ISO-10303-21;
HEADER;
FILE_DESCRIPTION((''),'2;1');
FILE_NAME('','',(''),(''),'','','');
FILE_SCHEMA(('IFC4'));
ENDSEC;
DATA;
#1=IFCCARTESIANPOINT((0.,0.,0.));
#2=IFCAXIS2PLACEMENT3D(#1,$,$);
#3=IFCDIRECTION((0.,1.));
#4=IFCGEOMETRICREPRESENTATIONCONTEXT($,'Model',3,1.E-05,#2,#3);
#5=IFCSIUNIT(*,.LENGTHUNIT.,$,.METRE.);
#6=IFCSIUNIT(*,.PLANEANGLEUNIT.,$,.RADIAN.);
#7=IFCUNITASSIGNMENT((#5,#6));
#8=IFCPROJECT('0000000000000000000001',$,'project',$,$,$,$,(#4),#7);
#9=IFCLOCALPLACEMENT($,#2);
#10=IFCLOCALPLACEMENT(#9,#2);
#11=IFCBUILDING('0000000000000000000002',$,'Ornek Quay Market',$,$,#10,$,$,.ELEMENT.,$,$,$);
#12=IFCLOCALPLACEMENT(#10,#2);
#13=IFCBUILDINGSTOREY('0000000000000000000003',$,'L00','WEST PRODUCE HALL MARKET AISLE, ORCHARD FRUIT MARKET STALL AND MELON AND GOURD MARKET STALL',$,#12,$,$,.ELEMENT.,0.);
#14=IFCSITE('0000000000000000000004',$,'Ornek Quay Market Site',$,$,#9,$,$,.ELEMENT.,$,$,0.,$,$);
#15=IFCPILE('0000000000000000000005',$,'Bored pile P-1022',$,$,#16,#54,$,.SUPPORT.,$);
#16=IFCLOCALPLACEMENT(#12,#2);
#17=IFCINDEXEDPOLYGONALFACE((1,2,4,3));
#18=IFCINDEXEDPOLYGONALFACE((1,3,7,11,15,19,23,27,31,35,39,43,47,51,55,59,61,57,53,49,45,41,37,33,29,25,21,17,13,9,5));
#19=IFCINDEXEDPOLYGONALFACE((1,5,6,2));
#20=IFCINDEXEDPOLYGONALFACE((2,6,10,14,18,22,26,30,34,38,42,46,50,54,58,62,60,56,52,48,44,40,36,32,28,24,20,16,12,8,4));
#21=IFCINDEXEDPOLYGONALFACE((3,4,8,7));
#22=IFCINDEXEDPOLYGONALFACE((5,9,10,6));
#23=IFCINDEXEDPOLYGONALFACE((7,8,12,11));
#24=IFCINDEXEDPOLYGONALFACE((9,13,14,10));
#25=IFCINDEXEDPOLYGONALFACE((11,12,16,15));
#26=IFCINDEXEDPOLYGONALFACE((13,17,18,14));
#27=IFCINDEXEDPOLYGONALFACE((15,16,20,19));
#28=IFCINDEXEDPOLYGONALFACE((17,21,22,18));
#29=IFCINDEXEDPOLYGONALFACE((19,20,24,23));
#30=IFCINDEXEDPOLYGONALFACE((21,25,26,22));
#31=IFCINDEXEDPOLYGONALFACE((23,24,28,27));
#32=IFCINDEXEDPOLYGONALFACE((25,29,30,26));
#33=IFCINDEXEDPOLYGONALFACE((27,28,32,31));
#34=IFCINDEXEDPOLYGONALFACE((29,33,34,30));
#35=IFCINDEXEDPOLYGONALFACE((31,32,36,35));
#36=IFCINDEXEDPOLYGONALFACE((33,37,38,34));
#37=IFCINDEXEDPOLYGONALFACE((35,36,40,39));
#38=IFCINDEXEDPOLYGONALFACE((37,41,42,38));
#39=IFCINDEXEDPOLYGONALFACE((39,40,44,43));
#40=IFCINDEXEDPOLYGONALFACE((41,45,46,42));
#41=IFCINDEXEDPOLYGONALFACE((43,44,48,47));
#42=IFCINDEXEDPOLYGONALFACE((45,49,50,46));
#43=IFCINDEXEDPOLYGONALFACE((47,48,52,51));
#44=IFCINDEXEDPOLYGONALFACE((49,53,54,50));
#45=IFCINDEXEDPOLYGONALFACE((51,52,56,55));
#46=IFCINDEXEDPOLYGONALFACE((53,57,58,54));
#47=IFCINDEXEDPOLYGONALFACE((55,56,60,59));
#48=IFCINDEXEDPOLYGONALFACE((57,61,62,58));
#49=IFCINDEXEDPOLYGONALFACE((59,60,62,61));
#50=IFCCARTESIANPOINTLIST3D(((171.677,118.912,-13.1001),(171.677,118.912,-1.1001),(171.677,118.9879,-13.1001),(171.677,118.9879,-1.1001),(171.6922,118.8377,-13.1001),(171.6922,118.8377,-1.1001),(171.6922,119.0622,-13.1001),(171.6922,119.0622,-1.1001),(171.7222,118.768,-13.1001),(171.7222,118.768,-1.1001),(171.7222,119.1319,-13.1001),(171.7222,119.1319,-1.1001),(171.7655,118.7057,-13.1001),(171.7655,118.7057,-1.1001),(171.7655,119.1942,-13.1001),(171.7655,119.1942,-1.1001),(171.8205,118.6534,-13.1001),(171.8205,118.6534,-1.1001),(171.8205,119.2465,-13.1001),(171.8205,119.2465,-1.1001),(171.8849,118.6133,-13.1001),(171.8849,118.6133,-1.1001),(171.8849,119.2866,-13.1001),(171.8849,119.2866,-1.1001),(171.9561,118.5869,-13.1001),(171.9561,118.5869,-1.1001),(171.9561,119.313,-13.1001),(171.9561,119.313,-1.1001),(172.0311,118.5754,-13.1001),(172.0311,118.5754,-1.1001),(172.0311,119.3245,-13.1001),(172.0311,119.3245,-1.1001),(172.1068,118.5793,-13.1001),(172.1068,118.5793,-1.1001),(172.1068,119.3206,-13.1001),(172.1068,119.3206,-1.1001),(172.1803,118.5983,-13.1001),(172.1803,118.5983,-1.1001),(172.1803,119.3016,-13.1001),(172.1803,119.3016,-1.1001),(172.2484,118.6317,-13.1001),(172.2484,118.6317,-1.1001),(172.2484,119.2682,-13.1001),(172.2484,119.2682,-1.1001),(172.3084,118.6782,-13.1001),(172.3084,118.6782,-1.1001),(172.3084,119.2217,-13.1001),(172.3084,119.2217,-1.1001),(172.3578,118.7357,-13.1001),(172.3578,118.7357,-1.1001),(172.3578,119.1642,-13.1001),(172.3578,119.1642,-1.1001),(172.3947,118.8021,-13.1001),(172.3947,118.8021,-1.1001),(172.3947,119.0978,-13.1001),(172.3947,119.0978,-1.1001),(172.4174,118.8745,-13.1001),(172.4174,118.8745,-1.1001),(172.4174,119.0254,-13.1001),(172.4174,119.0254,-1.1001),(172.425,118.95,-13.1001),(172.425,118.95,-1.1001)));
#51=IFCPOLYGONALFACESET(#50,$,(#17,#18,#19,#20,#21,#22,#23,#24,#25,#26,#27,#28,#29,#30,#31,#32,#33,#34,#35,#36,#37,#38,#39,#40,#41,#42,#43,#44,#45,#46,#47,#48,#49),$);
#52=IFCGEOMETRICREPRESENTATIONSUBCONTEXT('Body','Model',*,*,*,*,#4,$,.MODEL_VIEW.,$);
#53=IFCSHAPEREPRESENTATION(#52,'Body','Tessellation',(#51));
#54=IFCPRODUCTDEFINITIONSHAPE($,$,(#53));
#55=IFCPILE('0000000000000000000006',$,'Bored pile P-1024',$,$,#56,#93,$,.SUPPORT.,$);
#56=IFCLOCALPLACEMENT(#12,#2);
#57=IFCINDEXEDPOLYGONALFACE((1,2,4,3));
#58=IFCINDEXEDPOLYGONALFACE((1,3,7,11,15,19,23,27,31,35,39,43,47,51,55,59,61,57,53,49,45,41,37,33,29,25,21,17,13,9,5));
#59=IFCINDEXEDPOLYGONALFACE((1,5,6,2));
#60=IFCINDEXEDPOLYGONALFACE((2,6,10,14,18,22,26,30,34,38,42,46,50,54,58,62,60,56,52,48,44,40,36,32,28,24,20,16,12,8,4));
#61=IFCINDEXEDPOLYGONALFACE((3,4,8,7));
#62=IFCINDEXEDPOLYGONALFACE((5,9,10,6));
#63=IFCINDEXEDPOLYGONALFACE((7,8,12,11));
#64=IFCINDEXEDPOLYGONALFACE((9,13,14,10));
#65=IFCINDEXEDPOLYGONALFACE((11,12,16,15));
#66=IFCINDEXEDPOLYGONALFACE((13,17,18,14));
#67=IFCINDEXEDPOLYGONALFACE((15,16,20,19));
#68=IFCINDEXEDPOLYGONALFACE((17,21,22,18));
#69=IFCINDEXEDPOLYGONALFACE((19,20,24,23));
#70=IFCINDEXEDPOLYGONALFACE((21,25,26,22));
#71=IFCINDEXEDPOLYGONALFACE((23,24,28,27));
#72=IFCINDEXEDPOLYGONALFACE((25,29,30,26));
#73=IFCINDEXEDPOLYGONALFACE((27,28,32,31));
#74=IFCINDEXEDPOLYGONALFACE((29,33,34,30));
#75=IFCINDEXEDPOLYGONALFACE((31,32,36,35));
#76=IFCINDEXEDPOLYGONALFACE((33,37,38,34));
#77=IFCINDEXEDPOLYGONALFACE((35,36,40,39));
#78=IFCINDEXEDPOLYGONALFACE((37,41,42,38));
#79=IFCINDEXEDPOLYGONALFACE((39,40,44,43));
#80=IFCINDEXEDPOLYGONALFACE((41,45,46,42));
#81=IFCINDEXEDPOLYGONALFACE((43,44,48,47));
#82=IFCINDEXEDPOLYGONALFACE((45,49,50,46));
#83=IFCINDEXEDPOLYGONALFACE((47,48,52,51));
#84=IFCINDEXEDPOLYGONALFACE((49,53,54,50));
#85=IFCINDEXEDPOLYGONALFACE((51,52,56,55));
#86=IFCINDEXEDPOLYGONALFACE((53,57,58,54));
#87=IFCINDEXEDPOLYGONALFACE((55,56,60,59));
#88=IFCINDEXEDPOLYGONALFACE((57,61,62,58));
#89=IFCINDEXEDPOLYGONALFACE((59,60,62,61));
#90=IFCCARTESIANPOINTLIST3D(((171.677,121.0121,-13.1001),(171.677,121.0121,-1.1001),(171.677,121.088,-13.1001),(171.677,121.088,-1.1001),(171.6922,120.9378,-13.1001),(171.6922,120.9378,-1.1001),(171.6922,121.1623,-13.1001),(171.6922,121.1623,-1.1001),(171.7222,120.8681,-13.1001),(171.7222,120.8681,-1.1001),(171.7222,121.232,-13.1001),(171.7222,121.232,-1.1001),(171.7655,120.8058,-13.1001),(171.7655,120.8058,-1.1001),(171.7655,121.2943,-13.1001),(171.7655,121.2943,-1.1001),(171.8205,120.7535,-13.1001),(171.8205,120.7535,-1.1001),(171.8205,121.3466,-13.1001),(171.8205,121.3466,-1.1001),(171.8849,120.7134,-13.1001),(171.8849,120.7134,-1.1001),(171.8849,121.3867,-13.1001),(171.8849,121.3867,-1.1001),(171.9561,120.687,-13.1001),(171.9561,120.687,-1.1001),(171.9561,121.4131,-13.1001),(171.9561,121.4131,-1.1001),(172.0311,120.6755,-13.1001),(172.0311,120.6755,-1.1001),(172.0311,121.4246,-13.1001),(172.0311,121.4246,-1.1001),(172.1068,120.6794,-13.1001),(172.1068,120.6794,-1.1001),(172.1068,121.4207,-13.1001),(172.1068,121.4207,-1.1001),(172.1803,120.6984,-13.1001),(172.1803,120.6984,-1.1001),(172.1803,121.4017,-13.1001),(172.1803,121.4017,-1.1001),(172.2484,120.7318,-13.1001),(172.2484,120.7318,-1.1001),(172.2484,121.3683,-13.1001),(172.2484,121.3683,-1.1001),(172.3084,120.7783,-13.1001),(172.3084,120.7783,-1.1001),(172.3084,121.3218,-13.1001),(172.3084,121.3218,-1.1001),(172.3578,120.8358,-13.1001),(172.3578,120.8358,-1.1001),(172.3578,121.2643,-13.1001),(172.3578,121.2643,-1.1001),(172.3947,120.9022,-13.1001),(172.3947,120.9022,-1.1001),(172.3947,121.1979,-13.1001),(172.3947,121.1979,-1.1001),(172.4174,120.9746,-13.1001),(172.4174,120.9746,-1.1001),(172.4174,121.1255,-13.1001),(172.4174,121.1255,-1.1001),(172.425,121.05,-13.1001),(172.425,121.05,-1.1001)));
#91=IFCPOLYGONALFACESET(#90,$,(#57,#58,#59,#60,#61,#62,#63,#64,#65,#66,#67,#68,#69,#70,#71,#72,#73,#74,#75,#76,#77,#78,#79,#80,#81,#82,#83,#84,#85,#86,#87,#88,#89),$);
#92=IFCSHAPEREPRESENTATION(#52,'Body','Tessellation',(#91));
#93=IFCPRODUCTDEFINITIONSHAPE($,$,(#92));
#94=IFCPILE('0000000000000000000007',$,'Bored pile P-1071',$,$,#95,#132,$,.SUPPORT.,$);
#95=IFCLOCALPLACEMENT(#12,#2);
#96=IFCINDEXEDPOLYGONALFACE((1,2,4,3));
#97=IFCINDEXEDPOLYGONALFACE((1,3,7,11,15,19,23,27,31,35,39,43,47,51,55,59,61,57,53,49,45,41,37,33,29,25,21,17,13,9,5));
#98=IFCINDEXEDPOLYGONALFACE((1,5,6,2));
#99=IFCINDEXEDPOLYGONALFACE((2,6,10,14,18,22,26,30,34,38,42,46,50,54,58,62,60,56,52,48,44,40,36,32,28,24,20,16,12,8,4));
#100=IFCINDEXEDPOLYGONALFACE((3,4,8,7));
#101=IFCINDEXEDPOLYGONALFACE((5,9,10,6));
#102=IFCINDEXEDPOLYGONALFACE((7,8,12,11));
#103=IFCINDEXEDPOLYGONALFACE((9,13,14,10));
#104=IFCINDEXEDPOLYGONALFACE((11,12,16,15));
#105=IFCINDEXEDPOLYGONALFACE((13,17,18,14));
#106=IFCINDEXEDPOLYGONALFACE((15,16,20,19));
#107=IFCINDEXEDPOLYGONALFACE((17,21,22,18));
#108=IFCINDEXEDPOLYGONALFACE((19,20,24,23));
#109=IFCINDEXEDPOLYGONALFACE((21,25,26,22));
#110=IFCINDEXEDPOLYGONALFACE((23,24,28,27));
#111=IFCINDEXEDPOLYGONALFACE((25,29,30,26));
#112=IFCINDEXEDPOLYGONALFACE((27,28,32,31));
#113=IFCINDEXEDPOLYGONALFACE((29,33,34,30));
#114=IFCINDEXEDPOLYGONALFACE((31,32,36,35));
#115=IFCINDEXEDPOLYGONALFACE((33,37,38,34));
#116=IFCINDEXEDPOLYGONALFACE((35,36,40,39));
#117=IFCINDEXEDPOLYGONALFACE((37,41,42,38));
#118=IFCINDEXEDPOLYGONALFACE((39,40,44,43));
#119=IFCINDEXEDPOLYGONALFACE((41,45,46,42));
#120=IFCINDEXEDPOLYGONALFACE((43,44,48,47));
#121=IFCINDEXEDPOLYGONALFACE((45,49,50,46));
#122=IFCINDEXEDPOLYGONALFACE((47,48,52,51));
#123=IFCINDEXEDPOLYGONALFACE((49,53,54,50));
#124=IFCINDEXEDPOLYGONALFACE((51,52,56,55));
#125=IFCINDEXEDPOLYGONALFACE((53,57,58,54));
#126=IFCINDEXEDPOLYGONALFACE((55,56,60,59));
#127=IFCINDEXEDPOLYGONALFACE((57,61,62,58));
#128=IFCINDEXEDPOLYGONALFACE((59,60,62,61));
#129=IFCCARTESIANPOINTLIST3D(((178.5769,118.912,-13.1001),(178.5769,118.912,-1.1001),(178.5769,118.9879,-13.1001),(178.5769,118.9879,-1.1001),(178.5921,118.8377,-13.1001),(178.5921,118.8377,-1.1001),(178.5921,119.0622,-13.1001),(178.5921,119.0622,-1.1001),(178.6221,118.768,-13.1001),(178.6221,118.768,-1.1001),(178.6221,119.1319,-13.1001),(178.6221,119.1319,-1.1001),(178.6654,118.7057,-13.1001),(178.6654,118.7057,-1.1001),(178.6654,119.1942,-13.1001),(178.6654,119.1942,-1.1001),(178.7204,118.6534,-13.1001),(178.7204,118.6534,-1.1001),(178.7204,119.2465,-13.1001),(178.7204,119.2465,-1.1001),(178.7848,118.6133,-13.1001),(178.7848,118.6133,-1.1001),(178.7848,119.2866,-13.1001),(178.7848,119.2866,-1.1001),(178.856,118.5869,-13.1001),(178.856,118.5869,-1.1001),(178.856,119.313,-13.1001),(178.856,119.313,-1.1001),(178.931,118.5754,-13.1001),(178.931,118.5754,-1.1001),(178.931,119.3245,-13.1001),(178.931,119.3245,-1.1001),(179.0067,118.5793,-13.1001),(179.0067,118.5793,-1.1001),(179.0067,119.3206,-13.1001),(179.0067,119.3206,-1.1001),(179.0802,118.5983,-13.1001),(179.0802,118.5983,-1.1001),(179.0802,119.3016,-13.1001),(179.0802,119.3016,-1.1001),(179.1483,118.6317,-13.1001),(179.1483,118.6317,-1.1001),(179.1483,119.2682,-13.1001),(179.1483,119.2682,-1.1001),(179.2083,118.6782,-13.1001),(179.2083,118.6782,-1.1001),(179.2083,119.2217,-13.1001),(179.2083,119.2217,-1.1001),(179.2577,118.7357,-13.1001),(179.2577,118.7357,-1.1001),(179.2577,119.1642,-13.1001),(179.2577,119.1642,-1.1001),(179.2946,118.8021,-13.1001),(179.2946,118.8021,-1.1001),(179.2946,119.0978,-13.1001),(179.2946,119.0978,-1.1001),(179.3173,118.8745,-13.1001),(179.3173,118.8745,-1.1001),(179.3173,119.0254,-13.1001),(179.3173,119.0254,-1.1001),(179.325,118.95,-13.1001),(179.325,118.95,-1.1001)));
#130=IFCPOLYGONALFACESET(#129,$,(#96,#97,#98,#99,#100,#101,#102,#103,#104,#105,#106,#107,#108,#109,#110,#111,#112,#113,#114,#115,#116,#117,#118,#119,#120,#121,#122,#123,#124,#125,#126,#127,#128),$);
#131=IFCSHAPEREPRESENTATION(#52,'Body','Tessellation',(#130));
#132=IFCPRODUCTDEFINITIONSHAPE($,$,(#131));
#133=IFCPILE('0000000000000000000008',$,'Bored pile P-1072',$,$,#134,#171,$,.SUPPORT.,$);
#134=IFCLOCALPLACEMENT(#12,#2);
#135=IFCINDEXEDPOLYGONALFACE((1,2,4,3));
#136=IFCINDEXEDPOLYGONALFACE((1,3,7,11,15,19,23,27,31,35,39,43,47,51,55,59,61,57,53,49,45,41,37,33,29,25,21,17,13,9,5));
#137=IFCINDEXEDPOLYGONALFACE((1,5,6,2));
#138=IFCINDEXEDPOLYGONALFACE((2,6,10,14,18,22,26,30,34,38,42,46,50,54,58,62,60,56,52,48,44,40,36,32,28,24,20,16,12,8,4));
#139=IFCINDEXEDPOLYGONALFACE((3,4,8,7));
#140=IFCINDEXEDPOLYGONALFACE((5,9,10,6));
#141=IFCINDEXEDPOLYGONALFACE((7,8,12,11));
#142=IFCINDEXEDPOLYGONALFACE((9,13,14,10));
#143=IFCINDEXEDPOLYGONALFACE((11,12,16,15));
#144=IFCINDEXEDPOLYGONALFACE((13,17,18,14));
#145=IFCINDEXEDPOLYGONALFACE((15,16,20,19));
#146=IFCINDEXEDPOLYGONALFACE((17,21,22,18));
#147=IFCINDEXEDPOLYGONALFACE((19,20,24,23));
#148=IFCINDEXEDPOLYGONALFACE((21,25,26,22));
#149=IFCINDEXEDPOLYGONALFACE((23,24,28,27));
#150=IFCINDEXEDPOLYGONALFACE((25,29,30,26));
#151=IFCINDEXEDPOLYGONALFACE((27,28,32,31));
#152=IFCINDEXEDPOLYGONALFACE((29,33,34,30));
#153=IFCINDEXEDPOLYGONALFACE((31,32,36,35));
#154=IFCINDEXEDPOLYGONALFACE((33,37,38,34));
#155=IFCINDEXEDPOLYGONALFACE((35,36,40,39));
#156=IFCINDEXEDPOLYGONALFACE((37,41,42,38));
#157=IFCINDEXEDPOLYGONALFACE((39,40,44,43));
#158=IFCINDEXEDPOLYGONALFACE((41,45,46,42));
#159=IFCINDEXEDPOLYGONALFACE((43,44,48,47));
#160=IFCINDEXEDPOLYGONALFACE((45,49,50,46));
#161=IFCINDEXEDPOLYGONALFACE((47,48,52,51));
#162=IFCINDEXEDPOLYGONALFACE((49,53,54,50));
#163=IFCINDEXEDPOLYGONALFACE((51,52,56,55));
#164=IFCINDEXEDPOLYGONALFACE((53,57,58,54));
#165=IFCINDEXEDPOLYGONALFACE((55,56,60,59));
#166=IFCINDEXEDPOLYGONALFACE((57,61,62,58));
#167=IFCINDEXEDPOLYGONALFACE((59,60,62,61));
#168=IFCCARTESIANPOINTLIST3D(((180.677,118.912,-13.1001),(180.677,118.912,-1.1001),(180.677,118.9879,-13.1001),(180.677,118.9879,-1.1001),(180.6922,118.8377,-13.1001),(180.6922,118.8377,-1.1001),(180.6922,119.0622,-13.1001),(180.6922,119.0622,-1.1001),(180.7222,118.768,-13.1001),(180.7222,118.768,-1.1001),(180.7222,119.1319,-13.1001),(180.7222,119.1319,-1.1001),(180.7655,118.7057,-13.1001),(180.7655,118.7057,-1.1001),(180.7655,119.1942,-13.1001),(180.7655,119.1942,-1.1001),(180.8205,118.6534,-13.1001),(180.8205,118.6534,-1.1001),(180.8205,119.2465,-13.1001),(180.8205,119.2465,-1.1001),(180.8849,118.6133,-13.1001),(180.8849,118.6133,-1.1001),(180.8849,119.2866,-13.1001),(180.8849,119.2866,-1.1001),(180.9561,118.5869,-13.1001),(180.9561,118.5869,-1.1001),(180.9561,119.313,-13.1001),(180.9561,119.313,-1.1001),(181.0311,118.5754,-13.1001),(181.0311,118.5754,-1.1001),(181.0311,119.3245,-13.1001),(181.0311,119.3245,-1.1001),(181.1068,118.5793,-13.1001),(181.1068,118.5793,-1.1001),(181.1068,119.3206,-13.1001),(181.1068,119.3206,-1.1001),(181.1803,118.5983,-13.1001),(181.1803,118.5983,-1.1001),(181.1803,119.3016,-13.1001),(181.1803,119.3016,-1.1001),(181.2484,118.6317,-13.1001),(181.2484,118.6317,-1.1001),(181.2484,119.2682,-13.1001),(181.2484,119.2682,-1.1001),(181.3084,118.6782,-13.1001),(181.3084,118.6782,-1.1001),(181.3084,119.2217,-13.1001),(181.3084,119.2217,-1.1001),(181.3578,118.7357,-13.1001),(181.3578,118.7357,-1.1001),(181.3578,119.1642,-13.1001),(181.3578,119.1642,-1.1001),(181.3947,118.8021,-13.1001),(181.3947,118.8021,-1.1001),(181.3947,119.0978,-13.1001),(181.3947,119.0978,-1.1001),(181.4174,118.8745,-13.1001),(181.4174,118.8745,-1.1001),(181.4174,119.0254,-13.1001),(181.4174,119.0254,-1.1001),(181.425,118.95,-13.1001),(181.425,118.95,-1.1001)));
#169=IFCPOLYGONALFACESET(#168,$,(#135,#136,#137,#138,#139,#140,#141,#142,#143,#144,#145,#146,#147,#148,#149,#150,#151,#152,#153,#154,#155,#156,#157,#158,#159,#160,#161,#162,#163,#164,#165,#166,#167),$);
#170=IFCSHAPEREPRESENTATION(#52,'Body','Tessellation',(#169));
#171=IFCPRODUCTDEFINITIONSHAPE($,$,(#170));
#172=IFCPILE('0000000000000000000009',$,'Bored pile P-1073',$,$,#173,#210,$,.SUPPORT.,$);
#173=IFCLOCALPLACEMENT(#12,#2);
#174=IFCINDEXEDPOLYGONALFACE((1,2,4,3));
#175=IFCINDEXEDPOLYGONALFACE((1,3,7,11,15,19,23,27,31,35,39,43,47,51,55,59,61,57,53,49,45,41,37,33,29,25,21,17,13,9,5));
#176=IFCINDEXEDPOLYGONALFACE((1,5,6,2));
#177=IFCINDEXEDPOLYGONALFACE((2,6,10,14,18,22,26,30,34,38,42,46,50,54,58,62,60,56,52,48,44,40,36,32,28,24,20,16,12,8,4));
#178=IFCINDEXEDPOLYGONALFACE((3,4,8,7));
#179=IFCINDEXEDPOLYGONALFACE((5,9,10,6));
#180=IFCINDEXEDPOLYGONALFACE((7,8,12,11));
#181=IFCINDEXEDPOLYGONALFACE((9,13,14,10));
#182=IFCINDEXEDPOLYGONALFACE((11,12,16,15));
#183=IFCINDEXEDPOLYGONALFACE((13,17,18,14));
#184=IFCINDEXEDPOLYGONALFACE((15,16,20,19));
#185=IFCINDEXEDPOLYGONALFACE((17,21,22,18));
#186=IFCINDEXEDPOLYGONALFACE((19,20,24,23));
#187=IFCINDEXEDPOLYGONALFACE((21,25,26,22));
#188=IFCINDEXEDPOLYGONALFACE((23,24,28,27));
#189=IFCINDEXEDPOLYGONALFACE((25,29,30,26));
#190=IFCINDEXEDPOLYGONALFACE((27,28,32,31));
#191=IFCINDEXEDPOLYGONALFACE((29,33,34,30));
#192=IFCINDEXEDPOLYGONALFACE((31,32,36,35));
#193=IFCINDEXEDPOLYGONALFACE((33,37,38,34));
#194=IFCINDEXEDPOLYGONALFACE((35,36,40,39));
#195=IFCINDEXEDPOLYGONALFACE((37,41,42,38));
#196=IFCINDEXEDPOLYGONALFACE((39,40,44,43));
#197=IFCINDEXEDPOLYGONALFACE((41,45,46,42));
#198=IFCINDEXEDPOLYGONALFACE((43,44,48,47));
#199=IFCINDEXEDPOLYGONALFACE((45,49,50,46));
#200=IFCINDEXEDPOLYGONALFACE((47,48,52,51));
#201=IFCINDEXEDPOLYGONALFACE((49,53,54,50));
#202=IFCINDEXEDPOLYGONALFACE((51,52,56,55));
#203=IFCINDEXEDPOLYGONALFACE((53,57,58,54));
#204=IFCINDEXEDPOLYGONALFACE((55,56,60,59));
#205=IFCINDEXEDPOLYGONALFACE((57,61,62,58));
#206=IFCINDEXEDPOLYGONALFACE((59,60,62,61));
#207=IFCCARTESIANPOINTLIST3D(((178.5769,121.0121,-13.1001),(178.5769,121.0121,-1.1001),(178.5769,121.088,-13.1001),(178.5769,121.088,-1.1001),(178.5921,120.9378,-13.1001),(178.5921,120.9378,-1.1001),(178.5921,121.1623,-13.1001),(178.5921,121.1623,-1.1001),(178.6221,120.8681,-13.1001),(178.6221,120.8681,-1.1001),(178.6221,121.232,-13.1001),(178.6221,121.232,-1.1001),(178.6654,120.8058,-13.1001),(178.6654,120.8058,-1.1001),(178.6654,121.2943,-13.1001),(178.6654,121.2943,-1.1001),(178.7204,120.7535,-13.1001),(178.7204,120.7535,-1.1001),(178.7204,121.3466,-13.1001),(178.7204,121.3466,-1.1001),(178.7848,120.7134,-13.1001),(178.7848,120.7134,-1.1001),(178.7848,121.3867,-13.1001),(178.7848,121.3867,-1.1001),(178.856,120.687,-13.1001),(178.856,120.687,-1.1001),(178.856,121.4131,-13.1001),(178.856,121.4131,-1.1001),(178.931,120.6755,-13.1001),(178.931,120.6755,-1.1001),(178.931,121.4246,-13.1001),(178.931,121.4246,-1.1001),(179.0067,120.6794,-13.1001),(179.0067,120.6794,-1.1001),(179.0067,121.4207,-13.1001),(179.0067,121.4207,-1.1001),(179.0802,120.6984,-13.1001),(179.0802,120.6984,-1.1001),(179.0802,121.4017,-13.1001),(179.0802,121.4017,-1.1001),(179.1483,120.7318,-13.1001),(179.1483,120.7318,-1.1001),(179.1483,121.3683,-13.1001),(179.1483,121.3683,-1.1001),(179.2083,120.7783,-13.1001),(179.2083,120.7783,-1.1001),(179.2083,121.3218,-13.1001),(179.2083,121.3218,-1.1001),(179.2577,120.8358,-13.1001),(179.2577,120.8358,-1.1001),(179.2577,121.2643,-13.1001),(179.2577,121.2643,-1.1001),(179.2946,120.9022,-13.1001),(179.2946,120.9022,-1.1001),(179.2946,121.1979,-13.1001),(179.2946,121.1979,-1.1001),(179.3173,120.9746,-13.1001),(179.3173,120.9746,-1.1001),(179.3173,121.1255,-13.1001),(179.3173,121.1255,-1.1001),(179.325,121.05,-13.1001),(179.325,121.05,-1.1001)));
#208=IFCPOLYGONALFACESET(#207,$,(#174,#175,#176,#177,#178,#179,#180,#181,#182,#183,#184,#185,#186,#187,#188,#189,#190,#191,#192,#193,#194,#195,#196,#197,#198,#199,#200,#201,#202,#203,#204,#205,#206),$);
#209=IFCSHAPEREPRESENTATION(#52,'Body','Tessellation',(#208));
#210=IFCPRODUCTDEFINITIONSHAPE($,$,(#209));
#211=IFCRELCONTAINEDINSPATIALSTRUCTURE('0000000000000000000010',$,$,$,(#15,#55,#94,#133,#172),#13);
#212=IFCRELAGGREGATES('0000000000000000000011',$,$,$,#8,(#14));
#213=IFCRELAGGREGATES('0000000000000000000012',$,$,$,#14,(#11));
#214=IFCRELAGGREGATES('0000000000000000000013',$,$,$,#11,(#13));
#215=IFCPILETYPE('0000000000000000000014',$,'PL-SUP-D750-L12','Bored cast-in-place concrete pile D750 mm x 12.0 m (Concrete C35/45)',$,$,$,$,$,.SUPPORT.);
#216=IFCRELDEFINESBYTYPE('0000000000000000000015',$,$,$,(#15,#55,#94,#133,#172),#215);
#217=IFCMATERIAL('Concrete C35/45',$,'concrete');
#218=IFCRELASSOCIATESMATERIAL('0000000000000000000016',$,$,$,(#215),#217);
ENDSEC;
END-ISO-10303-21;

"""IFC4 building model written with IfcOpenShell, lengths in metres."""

from ifc_helpers import new_model, si_unit, direction, frame, origin, origin_2d, place, context, subcontext, project, spatial, circle, extrude, material, material_profile, profile_set, type_object, element, save


model = new_model("IFC4")

# Units and contexts
model_context = context("Model", 3, precision=1e-05, world=origin(), true_north=direction((0.0, 1.0)))
body_context = subcontext(model_context, "Body", "Model", "MODEL_VIEW")
ifc_project = project(units=[si_unit("LENGTHUNIT", "METRE"), si_unit("PLANEANGLEUNIT", "RADIAN")], contexts=[model_context])

# Site, building, storey
site_placement = place(None, origin())
site = spatial("IfcSite", under=ifc_project, at=site_placement, Name="Ornek Quay Market Site", CompositionType="ELEMENT", RefElevation=0.0)
building_placement = place(site_placement, origin())
building = spatial("IfcBuilding", under=site, at=building_placement, Name="Ornek Quay Market", CompositionType="ELEMENT")
storey_placement = place(building_placement, origin())
storey = spatial("IfcBuildingStorey", under=building, at=storey_placement, Name="L00", Description="WEST PRODUCE HALL MARKET AISLE, ORCHARD FRUIT MARKET STALL AND MELON AND GOURD MARKET STALL", CompositionType="ELEMENT", Elevation=0.0)

# Piles
ifc_material_1 = material(Name="Concrete C35/45", Category="concrete")
ifc_material_profile_1 = material_profile(ifc_material_1, circle(Radius=0.375, at=origin_2d()), Name="PILE D750", Category="concrete")
ifc_profile_set_1 = profile_set([ifc_material_profile_1], Name="Concrete C35/45")
pile_type = type_object("IfcPileType", Name="PL-SUP-D750-L12", Description="Bored cast-in-place concrete pile D750 mm x 12.0 m (Concrete C35/45)", PredefinedType="SUPPORT", material=ifc_profile_set_1)
for number, where, z_axis, x_axis, name in (
    (1, (172.05, 118.95, -1.1001), (0.0, 0.0, -1.0), (1.0, 0.0, 0.0), "Bored pile P-1022"),
    (2, (172.05, 121.05, -1.1001), (0.0, 0.0, -1.0), (1.0, 0.0, 0.0), "Bored pile P-1024"),
    (3, (178.95, 118.95, -1.1001), (0.0, 0.0, -1.0), (1.0, 0.0, 0.0), "Bored pile P-1071"),
    (4, (181.05, 118.95, -1.1001), (0.0, 0.0, -1.0), (1.0, 0.0, 0.0), "Bored pile P-1072"),
    (5, (178.95, 121.05, -1.1001), (0.0, 0.0, -1.0), (1.0, 0.0, 0.0), "Bored pile P-1073"),
):
    element("IfcPile", number, at=place(storey_placement, frame(where, z_axis=z_axis, x_axis=x_axis)), inside=storey, type_object=pile_type, Name=name, PredefinedType="SUPPORT", context=body_context, shape_type="SweptSolid", body=[
        extrude(circle(Radius=0.375, at=origin_2d()), origin(), (0.0, 0.0, 1.0), 12.0),
    ])

save(model, "model.ifc")
